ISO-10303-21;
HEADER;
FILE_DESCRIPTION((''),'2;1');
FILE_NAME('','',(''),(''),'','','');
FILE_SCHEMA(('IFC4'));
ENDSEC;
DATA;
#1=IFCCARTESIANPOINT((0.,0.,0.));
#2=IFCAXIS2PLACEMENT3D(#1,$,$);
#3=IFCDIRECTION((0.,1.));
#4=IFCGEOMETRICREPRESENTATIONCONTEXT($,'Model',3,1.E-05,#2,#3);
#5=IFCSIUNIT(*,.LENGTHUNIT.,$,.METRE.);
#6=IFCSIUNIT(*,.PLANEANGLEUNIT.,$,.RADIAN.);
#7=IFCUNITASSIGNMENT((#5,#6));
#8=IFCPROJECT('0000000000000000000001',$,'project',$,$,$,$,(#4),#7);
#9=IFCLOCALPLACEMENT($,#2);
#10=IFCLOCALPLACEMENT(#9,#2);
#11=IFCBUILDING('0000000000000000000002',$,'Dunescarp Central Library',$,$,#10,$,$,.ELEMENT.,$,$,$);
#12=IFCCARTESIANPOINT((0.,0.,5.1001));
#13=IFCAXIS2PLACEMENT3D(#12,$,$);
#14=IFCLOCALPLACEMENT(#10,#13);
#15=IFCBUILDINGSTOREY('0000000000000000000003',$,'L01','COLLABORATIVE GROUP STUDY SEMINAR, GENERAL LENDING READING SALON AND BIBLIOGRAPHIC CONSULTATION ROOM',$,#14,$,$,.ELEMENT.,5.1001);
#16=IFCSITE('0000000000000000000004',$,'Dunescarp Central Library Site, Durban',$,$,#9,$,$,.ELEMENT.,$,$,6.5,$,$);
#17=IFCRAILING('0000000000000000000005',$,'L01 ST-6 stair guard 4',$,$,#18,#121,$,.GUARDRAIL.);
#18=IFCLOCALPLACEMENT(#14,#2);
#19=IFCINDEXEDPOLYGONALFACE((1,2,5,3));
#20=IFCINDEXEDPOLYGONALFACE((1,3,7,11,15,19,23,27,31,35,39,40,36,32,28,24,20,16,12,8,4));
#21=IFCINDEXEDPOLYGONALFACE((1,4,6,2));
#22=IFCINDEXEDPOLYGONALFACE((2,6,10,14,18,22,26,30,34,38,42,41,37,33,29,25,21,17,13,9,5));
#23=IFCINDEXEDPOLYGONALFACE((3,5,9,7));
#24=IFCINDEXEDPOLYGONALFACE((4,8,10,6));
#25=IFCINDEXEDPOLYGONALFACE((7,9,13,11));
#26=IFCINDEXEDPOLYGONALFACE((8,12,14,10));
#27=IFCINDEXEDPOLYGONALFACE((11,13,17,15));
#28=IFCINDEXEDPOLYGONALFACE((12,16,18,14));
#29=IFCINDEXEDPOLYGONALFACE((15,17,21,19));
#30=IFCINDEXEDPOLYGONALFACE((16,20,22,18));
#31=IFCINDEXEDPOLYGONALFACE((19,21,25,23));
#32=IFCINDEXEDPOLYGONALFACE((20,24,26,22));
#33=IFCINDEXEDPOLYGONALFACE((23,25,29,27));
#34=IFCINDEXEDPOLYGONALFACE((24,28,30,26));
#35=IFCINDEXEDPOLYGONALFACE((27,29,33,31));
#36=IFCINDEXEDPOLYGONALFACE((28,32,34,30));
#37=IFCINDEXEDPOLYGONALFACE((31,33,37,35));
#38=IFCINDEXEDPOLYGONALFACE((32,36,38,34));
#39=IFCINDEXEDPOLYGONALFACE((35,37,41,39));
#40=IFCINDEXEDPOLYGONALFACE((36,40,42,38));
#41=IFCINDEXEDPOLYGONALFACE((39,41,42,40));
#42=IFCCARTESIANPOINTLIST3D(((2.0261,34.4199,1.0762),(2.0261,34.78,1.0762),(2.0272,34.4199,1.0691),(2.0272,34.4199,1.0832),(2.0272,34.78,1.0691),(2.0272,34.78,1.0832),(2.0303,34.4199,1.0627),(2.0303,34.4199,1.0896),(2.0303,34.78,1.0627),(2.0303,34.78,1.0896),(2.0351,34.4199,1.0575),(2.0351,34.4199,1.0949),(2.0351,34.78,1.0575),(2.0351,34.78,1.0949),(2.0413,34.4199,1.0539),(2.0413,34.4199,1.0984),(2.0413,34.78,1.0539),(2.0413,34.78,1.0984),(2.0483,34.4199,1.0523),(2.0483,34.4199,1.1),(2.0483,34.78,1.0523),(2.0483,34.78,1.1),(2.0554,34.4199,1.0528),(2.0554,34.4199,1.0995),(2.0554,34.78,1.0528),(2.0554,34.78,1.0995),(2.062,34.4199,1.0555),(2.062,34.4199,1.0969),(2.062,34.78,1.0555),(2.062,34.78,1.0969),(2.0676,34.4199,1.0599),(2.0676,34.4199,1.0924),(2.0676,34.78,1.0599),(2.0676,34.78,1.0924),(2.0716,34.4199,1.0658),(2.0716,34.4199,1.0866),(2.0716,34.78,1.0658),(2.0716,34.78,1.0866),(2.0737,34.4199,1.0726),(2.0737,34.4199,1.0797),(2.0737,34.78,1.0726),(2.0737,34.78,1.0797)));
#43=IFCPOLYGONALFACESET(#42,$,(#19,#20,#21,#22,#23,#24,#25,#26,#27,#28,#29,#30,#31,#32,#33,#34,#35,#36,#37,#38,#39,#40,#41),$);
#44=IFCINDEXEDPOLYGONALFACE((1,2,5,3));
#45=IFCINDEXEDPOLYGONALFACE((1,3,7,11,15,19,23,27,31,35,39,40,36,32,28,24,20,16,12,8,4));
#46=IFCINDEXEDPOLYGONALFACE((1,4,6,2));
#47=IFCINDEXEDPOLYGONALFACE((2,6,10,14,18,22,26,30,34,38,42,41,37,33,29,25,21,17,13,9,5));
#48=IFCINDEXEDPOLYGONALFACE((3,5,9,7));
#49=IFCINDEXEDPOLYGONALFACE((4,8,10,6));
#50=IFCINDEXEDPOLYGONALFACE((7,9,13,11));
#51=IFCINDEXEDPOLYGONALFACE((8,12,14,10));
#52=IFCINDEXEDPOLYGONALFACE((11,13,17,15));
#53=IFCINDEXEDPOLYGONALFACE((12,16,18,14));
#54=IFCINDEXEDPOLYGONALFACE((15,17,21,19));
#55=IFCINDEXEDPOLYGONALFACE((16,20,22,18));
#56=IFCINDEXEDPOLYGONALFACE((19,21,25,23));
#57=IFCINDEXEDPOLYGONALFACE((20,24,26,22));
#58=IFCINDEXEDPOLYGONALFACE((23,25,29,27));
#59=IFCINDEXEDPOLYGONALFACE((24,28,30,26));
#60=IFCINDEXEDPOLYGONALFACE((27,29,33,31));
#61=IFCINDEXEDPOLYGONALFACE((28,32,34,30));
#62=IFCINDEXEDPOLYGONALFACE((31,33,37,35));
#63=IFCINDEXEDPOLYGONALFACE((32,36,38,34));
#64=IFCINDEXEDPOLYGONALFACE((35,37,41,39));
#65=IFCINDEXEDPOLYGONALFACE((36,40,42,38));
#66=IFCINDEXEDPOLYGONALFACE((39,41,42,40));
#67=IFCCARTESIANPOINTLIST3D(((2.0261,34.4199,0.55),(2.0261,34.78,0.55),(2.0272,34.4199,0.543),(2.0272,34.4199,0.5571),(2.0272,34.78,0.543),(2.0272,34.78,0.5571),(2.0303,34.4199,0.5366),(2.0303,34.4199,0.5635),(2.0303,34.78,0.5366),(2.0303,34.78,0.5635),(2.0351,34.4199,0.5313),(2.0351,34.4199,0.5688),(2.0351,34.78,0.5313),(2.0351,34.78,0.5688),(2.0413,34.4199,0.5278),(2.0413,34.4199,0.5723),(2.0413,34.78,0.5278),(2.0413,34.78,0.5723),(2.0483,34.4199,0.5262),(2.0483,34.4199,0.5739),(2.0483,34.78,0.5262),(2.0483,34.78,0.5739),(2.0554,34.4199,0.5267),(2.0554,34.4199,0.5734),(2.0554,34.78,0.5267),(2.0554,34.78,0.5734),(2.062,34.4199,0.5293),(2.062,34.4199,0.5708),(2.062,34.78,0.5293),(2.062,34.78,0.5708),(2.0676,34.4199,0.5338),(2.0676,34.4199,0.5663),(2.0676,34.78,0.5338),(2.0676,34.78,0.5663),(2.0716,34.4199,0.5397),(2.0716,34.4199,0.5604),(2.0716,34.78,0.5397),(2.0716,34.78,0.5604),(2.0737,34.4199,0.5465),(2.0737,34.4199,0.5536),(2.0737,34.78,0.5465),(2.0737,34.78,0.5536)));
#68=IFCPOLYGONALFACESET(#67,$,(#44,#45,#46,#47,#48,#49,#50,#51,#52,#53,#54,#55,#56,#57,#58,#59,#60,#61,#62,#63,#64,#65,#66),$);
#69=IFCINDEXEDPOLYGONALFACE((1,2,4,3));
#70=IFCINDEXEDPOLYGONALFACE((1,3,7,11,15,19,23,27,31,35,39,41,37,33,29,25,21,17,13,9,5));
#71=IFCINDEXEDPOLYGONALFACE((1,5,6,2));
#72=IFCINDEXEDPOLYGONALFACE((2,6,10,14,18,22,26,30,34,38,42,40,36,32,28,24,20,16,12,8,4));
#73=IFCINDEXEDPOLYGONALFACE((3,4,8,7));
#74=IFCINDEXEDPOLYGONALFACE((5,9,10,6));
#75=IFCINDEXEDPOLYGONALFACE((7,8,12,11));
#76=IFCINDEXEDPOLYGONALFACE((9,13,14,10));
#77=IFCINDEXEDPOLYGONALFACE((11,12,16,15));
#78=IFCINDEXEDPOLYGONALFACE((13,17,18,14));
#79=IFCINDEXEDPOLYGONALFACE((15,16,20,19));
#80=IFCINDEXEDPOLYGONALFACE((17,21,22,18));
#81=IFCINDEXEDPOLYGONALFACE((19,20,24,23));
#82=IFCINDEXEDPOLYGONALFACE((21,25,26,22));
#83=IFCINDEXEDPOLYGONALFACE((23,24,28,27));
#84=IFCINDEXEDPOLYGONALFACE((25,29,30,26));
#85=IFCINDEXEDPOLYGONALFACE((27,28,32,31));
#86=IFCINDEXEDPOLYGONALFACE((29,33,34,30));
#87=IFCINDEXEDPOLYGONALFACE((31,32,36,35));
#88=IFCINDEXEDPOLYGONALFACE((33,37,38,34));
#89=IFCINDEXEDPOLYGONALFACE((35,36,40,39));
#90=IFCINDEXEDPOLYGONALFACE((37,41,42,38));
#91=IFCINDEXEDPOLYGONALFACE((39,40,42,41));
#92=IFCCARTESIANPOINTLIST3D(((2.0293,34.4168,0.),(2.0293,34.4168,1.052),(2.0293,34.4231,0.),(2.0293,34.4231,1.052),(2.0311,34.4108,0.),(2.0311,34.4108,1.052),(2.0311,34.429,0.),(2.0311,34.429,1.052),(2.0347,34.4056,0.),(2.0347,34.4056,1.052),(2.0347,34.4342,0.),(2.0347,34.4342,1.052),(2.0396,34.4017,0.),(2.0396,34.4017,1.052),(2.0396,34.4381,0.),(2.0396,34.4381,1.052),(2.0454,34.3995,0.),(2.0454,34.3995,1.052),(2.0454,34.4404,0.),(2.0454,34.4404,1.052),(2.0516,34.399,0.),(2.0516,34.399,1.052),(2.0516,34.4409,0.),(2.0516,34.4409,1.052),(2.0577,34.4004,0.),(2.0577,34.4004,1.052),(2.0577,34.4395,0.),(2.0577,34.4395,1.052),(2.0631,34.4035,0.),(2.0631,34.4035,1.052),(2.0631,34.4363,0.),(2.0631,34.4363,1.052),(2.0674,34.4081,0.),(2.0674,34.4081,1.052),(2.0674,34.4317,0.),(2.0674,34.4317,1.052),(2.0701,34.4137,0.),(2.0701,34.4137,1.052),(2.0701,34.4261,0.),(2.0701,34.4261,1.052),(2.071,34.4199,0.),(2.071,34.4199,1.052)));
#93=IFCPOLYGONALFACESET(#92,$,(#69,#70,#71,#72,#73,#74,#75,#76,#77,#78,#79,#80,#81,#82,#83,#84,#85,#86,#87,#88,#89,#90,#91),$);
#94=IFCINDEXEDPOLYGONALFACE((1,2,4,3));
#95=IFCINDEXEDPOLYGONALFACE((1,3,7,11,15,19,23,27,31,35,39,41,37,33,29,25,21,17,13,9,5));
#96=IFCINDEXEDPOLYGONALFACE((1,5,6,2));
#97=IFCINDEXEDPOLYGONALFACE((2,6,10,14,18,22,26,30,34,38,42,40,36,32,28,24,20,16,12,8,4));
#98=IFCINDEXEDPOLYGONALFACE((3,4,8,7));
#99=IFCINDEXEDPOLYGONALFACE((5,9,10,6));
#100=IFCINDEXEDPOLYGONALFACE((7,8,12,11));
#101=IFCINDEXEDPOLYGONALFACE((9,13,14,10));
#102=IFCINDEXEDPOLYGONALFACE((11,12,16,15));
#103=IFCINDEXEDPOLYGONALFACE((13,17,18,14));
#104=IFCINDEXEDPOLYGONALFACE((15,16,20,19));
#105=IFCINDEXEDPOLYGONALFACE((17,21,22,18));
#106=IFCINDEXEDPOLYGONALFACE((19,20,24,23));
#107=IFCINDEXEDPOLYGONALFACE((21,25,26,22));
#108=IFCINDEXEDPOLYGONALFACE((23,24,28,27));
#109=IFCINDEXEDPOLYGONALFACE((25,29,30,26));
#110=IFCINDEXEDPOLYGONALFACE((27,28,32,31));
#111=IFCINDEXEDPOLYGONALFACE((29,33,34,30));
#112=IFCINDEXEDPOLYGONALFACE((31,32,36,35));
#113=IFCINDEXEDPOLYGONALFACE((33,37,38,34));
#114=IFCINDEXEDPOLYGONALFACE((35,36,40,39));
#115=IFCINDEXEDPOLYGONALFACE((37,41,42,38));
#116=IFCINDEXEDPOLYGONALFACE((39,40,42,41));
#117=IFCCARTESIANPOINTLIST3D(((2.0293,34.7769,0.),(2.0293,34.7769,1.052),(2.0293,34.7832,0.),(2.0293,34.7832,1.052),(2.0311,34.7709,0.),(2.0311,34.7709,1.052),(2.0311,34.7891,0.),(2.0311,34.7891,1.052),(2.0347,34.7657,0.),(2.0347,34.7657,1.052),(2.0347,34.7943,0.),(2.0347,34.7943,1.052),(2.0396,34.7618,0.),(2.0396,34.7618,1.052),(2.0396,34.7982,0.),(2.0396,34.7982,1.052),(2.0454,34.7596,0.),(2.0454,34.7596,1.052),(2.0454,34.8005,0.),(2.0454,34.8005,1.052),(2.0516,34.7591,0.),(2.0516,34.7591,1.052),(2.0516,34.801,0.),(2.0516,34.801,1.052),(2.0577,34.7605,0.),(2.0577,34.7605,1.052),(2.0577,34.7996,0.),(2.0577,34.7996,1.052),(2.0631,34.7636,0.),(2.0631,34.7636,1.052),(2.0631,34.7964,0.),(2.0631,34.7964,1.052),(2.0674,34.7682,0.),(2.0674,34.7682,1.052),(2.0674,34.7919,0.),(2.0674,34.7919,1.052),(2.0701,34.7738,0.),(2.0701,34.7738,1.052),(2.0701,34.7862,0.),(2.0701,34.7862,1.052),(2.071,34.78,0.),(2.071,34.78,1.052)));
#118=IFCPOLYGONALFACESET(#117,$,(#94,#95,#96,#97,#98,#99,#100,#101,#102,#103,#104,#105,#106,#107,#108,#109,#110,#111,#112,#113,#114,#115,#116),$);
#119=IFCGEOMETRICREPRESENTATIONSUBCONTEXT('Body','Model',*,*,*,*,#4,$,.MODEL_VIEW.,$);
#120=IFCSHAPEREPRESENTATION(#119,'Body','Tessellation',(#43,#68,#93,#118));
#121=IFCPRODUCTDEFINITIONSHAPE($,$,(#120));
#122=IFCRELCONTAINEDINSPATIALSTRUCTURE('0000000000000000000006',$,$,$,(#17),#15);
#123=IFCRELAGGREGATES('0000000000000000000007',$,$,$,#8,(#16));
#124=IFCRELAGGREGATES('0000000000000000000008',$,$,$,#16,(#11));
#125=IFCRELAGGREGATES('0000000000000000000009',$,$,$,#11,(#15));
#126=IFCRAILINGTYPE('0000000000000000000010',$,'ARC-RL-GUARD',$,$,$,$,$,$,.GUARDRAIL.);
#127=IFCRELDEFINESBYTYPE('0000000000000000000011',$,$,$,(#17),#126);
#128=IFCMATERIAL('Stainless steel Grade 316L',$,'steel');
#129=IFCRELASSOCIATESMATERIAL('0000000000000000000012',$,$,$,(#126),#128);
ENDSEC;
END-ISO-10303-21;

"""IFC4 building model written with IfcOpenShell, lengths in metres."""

from ifc_helpers import new_model, si_unit, direction, frame, origin, origin_2d, place, context, subcontext, project, spatial, circle, extrude, material, type_object, element, save


model = new_model("IFC4")

# Units and contexts
model_context = context("Model", 3, precision=1e-05, world=origin(), true_north=direction((0.0, 1.0)))
body_context = subcontext(model_context, "Body", "Model", "MODEL_VIEW")
ifc_project = project(units=[si_unit("LENGTHUNIT", "METRE"), si_unit("PLANEANGLEUNIT", "RADIAN")], contexts=[model_context])

# Site, building, storey
site_placement = place(None, origin())
site = spatial("IfcSite", under=ifc_project, at=site_placement, Name="Dunescarp Central Library Site, Durban", CompositionType="ELEMENT", RefElevation=6.5)
building_placement = place(site_placement, origin())
building = spatial("IfcBuilding", under=site, at=building_placement, Name="Dunescarp Central Library", CompositionType="ELEMENT")
storey_placement = place(building_placement, frame((0.0, 0.0, 5.1001)))
storey = spatial("IfcBuildingStorey", under=building, at=storey_placement, Name="L01", Description="COLLABORATIVE GROUP STUDY SEMINAR, GENERAL LENDING READING SALON AND BIBLIOGRAPHIC CONSULTATION ROOM", CompositionType="ELEMENT", Elevation=5.1001)

# Railing
ifc_material_1 = material(Name="Stainless steel Grade 316L", Category="steel")
railing_type_1 = type_object("IfcRailingType", Name="ARC-RL-GUARD", PredefinedType="GUARDRAIL", material=ifc_material_1)
railing_1_placement = place(storey_placement, frame((2.05, 34.4199, 0.0)))
element("IfcRailing", 1, at=railing_1_placement, inside=storey, type_object=railing_type_1, Name="L01 ST-6 stair guard 4", PredefinedType="GUARDRAIL", context=body_context, shape_type="SweptSolid", body=[
    extrude(circle(Radius=0.0239, at=origin_2d()), frame((0.0, 0.0, 1.0762), z_axis=(0.0, 1.0, 0.0), x_axis=(-1.0, 0.0, 0.0)), (0.0, 0.0, 1.0), 0.3601),
    extrude(circle(Radius=0.0239, at=origin_2d()), frame((0.0, 0.0, 0.55), z_axis=(0.0, 1.0, 0.0), x_axis=(-1.0, 0.0, 0.0)), (0.0, 0.0, 1.0), 0.3601),
    extrude(circle(Radius=0.021, at=origin_2d()), origin(), (0.0, 0.0, 1.0), 1.052),
    extrude(circle(Radius=0.021, at=origin_2d()), frame((0.0, 0.3601, 0.0)), (0.0, 0.0, 1.0), 1.052),
])

save(model, "model.ifc")
